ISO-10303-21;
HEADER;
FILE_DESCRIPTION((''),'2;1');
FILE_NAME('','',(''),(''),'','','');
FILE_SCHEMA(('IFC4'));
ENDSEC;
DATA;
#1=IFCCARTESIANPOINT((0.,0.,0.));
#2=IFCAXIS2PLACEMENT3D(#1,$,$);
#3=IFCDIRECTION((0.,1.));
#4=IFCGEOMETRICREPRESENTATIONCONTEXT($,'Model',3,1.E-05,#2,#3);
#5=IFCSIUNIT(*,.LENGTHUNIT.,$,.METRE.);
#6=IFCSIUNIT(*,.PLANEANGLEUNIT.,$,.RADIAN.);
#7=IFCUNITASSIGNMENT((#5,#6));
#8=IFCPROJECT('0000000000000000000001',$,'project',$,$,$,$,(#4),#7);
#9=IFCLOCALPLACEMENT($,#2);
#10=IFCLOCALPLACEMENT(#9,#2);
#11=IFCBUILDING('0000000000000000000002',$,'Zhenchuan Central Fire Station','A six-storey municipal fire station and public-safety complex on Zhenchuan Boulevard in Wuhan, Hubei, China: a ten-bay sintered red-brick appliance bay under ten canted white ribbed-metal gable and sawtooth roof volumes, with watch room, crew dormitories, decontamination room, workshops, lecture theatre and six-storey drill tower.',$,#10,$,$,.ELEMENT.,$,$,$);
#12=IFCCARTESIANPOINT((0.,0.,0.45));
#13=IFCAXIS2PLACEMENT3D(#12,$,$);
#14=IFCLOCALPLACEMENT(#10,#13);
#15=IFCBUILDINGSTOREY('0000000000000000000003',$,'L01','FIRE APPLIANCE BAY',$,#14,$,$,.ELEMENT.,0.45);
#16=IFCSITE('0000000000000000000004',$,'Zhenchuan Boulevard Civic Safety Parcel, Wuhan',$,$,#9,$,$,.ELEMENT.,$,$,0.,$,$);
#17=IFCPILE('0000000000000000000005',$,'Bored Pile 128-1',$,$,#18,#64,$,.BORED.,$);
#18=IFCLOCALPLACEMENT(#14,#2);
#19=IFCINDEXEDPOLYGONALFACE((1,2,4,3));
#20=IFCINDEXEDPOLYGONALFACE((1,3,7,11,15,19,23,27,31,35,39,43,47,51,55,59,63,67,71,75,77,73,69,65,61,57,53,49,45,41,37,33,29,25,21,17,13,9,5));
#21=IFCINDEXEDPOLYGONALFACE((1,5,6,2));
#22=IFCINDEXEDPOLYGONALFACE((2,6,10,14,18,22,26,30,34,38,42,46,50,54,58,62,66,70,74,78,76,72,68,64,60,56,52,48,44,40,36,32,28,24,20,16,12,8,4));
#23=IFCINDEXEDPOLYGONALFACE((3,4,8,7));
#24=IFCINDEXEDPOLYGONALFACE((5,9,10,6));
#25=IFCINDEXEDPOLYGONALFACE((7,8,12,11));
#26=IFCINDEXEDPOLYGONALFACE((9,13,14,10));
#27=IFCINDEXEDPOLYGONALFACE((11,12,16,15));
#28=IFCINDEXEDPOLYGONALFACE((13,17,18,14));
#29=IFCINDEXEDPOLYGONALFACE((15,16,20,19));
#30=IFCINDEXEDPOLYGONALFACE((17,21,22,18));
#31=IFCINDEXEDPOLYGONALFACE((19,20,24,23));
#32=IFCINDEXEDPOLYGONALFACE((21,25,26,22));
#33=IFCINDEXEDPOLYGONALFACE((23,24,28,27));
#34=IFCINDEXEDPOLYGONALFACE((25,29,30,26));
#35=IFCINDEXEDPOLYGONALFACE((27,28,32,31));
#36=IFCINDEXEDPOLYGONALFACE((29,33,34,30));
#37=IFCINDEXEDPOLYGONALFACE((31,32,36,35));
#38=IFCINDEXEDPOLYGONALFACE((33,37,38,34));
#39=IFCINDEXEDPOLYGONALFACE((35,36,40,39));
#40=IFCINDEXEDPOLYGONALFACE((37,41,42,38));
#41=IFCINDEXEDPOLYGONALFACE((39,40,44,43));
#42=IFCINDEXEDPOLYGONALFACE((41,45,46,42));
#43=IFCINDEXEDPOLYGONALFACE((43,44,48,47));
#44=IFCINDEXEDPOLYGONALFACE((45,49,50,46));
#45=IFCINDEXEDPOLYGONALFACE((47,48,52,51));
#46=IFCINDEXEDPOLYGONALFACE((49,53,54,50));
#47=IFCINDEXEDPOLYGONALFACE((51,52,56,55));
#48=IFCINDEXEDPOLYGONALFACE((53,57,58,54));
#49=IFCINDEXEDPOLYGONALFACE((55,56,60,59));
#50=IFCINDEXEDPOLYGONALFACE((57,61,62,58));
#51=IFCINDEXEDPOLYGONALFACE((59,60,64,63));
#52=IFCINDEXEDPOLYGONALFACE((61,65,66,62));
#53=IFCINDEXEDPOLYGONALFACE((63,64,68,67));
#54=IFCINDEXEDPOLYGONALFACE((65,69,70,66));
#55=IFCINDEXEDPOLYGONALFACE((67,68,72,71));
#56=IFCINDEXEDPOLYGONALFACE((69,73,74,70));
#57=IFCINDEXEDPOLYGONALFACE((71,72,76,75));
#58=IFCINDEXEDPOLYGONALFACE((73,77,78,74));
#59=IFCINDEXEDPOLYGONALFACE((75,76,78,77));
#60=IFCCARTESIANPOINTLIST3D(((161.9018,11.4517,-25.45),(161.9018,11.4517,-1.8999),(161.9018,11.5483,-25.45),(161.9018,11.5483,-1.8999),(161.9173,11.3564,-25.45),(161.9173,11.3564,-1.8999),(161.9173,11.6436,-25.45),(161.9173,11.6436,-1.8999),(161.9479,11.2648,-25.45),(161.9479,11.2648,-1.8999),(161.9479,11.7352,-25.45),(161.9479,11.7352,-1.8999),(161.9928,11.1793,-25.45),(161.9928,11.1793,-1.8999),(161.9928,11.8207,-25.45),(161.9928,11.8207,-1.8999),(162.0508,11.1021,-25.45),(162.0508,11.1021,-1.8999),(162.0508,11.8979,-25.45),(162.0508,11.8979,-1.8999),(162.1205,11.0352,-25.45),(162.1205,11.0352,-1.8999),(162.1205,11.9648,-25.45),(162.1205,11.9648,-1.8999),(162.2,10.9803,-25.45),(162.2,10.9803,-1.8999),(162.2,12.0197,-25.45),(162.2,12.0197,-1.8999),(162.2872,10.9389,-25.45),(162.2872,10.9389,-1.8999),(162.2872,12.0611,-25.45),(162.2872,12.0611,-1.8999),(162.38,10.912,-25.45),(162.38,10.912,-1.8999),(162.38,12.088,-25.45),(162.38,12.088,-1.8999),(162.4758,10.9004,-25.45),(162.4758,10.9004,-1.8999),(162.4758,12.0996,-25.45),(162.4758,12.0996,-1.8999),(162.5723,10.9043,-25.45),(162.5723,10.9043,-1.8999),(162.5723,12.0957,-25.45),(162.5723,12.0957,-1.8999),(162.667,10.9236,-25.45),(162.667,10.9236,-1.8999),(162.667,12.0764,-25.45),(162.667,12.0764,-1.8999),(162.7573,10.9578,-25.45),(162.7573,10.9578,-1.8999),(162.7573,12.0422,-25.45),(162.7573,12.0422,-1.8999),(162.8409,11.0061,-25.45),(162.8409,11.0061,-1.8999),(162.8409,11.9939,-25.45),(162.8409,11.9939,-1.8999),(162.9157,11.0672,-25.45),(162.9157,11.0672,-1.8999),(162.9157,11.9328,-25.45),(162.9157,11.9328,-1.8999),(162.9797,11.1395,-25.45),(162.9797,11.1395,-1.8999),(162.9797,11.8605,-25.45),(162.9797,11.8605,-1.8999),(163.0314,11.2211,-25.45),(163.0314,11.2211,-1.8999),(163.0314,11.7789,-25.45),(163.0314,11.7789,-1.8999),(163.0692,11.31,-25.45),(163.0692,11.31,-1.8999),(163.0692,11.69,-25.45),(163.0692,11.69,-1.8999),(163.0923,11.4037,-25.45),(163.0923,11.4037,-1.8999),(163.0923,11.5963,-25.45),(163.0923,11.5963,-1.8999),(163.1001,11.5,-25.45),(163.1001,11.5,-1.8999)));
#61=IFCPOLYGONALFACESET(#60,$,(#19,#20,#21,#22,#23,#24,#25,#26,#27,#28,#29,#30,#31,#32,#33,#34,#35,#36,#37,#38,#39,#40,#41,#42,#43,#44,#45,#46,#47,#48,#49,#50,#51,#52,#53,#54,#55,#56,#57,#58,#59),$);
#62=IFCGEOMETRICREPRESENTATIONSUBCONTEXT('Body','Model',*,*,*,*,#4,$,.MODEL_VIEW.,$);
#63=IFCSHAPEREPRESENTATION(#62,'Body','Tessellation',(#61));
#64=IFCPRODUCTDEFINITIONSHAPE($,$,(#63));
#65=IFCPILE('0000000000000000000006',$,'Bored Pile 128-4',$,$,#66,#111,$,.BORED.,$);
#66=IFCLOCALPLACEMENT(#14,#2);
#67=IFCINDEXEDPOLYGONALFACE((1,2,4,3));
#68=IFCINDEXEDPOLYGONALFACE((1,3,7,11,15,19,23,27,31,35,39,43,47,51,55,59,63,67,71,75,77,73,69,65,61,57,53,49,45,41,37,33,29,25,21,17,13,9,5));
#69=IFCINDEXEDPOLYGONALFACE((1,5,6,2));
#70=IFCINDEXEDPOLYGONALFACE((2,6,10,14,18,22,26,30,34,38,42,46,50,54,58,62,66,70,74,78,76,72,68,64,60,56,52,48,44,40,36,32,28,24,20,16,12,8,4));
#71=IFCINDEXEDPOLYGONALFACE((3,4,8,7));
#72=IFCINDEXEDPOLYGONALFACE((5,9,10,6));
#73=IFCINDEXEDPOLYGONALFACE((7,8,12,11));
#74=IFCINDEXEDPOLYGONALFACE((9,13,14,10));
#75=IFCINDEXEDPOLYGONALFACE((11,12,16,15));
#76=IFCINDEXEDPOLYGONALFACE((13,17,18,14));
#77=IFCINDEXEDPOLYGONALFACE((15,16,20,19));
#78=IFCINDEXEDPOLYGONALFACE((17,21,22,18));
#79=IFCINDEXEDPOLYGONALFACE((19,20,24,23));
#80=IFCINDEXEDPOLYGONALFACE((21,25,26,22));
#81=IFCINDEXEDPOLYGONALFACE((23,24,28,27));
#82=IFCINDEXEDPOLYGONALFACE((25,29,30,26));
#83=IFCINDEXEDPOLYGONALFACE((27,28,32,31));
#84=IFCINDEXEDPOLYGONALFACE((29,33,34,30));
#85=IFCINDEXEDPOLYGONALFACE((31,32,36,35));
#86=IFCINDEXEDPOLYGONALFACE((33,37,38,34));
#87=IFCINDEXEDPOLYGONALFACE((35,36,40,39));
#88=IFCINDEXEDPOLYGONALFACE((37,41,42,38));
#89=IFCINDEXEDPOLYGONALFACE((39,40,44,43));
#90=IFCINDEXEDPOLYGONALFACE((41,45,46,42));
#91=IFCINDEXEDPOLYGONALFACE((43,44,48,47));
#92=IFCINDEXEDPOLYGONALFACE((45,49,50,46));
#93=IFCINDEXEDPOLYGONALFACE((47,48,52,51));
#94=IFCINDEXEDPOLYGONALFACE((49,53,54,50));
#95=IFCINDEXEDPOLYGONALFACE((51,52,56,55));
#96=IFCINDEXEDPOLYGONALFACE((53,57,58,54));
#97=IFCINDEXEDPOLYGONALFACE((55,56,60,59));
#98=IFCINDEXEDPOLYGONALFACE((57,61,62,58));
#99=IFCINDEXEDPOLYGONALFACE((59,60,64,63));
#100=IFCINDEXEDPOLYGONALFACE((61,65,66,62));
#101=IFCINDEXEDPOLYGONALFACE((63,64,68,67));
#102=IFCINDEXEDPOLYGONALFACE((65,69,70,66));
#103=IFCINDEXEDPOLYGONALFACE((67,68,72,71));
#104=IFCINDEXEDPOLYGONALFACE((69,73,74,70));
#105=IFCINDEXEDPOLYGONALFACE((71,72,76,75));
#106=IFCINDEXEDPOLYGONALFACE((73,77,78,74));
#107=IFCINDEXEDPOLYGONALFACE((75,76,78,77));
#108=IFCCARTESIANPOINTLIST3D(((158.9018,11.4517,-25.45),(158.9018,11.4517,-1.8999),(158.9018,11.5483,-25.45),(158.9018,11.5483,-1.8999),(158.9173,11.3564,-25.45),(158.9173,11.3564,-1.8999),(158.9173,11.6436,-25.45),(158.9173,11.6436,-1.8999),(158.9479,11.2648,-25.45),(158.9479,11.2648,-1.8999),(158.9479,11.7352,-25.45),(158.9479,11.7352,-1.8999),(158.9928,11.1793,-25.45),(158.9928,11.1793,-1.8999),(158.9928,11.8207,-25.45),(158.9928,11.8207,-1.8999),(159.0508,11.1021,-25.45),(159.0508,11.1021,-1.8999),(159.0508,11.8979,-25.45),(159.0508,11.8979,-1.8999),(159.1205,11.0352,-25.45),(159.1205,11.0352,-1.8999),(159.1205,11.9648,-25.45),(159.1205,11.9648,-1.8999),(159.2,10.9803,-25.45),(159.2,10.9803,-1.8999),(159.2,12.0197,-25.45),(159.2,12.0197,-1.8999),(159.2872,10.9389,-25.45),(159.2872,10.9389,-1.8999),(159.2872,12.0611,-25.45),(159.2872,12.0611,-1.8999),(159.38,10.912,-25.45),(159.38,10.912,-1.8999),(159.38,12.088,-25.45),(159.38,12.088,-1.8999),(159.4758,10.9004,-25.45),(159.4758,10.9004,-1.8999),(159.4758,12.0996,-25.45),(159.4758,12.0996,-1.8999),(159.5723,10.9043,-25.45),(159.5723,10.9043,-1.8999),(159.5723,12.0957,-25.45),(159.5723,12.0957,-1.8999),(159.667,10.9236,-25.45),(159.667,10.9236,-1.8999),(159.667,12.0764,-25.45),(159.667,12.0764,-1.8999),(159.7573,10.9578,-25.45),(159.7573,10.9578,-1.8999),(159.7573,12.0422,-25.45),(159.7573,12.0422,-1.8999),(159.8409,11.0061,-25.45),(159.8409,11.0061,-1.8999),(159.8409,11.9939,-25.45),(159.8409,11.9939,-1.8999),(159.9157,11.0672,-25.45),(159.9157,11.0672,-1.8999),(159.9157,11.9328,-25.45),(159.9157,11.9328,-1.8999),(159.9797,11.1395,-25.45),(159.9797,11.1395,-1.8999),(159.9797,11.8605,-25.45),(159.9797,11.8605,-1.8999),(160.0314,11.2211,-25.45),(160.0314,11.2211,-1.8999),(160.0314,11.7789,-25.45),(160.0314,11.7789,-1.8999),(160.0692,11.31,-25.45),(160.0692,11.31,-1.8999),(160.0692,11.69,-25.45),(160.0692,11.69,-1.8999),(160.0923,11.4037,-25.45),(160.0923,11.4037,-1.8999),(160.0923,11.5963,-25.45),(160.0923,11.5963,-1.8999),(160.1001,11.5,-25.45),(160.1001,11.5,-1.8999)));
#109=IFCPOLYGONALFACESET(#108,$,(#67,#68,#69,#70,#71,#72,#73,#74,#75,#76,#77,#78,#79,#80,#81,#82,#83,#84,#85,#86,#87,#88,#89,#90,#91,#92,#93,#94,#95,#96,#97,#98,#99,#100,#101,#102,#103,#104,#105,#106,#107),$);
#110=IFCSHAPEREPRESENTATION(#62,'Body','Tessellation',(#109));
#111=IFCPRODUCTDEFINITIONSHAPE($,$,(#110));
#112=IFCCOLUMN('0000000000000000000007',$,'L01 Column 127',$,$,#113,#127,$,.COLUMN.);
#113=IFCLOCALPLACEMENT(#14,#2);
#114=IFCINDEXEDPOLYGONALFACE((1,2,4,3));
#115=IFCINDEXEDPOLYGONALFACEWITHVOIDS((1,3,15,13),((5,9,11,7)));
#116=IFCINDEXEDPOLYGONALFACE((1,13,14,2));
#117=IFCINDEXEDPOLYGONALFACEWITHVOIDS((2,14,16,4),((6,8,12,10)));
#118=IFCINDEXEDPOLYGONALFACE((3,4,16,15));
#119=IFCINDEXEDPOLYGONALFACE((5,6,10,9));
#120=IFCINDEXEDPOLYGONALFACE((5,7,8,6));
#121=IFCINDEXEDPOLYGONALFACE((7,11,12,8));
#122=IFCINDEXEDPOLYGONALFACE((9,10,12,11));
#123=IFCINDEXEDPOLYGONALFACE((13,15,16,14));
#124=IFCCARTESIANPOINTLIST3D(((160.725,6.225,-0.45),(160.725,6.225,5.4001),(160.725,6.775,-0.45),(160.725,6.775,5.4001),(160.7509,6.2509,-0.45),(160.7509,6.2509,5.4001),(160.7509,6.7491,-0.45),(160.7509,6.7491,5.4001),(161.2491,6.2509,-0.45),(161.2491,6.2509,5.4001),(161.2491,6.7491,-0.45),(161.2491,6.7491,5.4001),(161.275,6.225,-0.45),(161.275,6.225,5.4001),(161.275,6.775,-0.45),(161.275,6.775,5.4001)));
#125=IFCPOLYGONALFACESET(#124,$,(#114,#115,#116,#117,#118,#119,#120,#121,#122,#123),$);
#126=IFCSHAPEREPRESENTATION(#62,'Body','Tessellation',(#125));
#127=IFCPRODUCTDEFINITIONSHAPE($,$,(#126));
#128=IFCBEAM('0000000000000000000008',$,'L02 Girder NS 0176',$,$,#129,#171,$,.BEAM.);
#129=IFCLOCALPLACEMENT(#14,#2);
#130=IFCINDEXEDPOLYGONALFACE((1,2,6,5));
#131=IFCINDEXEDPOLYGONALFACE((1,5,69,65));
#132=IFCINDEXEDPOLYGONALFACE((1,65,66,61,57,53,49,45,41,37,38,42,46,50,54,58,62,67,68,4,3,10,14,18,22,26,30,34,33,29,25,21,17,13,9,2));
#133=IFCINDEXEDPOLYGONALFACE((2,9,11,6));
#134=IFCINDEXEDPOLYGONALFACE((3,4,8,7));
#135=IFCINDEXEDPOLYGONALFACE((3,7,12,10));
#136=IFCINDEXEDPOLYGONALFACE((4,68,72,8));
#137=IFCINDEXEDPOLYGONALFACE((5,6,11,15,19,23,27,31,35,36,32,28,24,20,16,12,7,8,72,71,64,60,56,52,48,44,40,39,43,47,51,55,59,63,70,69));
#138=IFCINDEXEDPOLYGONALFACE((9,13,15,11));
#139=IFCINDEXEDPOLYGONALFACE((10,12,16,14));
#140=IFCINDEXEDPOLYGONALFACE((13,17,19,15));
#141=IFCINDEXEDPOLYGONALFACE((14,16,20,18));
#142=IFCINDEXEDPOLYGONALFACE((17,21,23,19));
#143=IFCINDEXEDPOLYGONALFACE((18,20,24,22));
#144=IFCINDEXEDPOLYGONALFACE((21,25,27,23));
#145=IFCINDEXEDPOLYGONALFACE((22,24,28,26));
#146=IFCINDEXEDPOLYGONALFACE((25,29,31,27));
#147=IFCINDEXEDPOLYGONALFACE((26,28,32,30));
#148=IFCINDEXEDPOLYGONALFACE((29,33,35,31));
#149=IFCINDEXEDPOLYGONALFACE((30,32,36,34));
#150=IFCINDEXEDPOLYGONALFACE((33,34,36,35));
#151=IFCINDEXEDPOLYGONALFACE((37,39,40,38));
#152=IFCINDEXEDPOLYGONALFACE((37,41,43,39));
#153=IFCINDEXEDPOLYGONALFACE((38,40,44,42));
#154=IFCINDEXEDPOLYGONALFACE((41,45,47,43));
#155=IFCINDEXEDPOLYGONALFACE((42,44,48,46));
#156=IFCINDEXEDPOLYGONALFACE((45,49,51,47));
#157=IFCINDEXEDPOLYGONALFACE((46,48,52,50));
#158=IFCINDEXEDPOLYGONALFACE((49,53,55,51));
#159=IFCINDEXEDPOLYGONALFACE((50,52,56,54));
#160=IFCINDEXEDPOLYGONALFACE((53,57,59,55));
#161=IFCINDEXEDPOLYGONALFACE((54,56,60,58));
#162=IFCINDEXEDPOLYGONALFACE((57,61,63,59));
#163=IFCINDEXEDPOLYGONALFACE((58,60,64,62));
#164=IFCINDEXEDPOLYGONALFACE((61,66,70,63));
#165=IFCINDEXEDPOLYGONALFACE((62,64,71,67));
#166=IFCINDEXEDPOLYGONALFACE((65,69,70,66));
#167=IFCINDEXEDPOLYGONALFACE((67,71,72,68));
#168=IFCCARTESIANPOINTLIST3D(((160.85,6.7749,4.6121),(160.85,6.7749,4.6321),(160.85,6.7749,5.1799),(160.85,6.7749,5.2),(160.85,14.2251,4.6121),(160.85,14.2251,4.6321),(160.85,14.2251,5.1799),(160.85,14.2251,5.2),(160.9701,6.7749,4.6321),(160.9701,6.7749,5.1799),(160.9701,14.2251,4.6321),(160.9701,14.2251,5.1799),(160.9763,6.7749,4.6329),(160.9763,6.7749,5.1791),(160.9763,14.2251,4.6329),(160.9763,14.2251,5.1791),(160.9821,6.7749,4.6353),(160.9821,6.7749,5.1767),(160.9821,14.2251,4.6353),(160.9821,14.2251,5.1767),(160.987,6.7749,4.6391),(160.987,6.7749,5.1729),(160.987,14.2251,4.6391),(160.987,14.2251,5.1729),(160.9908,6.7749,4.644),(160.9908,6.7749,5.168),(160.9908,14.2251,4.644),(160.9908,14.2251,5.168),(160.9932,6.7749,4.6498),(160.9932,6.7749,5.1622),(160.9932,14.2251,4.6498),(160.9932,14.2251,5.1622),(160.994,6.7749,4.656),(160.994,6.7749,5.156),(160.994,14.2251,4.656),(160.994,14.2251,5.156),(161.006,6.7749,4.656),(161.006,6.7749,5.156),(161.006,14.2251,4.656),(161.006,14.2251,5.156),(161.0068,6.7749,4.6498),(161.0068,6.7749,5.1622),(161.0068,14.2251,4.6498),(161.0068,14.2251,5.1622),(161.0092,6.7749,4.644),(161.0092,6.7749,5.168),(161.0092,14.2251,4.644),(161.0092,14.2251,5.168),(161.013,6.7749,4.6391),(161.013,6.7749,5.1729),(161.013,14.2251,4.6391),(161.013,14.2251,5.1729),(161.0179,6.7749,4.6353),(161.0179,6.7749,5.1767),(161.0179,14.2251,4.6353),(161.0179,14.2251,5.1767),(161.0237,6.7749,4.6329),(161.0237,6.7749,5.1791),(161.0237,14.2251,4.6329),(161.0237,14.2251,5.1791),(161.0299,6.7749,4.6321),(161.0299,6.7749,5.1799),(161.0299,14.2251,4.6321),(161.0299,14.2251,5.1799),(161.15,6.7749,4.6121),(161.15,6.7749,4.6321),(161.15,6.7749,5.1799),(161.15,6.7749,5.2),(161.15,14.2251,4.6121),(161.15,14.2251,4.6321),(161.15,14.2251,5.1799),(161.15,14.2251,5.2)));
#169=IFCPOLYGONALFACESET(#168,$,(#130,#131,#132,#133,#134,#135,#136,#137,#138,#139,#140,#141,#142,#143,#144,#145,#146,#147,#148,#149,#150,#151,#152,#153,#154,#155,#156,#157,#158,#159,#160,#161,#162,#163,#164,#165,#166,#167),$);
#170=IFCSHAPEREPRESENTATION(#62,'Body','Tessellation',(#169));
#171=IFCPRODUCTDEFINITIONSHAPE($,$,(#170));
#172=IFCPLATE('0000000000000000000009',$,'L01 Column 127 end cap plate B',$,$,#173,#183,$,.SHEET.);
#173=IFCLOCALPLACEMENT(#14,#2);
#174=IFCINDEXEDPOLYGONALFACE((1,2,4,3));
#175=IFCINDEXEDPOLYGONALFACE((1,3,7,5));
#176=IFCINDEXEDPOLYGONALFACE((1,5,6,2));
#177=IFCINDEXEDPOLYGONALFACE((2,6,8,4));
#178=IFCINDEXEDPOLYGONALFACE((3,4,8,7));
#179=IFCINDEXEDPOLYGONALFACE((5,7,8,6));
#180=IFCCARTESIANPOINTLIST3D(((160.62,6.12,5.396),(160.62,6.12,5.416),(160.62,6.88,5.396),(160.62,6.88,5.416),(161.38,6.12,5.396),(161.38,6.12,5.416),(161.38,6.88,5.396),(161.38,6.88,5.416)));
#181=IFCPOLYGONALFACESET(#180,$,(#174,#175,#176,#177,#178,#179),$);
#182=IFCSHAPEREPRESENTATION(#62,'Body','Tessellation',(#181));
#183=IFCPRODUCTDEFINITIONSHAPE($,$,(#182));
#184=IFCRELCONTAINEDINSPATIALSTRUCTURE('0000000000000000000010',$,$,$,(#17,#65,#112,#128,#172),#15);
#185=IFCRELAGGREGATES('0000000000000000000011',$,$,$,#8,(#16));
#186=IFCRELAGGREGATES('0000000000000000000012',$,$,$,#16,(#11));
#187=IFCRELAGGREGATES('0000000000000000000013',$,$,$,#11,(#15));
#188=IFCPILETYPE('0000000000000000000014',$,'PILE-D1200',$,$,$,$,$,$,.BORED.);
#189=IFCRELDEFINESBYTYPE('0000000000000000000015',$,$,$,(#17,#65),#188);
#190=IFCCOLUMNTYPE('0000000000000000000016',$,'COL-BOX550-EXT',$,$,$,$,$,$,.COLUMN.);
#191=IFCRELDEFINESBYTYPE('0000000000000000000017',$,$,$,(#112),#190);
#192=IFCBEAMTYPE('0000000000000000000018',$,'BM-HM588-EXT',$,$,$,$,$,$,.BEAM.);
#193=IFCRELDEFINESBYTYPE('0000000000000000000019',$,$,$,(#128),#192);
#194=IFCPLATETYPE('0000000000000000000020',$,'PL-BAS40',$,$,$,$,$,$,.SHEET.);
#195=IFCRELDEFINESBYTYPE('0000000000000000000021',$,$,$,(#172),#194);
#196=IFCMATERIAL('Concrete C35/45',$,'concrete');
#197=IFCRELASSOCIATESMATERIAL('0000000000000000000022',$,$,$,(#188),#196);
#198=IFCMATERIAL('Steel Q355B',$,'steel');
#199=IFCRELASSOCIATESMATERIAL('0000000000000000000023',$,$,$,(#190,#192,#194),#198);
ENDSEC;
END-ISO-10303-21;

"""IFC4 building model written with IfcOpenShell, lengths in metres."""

from ifc_helpers import new_model, si_unit, direction, frame, origin, origin_2d, place, context, subcontext, project, spatial, rectangle, hollow_rectangle, circle, i_section, extrude, material, material_profile, profile_set, type_object, element, save


model = new_model("IFC4")

# Units and contexts
model_context = context("Model", 3, precision=1e-05, world=origin(), true_north=direction((0.0, 1.0)))
body_context = subcontext(model_context, "Body", "Model", "MODEL_VIEW")
ifc_project = project(units=[si_unit("LENGTHUNIT", "METRE"), si_unit("PLANEANGLEUNIT", "RADIAN")], contexts=[model_context])

# Site, building, storey
site_placement = place(None, origin())
site = spatial("IfcSite", under=ifc_project, at=site_placement, Name="Zhenchuan Boulevard Civic Safety Parcel, Wuhan", CompositionType="ELEMENT", RefElevation=0.0)
building_placement = place(site_placement, origin())
building = spatial("IfcBuilding", under=site, at=building_placement, Name="Zhenchuan Central Fire Station", Description="A six-storey municipal fire station and public-safety complex on Zhenchuan Boulevard in Wuhan, Hubei, China: a ten-bay sintered red-brick appliance bay under ten canted white ribbed-metal gable and sawtooth roof volumes, with watch room, crew dormitories, decontamination room, workshops, lecture theatre and six-storey drill tower.", CompositionType="ELEMENT")
storey_placement = place(building_placement, frame((0.0, 0.0, 0.45)))
storey = spatial("IfcBuildingStorey", under=building, at=storey_placement, Name="L01", Description="FIRE APPLIANCE BAY", CompositionType="ELEMENT", Elevation=0.45)

# Piles
ifc_material_1 = material(Name="Concrete C35/45", Category="concrete")
ifc_material_profile_1 = material_profile(ifc_material_1, circle(Radius=0.6001, at=origin_2d()), Name="PILE D1200")
ifc_profile_set_1 = profile_set([ifc_material_profile_1], Name="Concrete C35/45")
pile_type_1 = type_object("IfcPileType", Name="PILE-D1200", PredefinedType="BORED", material=ifc_profile_set_1)
for number, where, z_axis, x_axis, name in (
    (1, (162.5, 11.5, -1.8999), (0.0, 0.0, -1.0), (1.0, 0.0, 0.0), "Bored Pile 128-1"),
    (2, (159.5, 11.5, -1.8999), (0.0, 0.0, -1.0), (1.0, 0.0, 0.0), "Bored Pile 128-4"),
):
    element("IfcPile", number, at=place(storey_placement, frame(where, z_axis=z_axis, x_axis=x_axis)), inside=storey, type_object=pile_type_1, Name=name, PredefinedType="BORED", context=body_context, shape_type="SweptSolid", body=[
        extrude(circle(Radius=0.6001, at=origin_2d()), origin(), (0.0, 0.0, 1.0), 23.55),
    ])

# Column
ifc_material_2 = material(Name="Steel Q355B", Category="steel")
ifc_material_profile_2 = material_profile(ifc_material_2, hollow_rectangle(XDim=0.55, YDim=0.55, WallThickness=0.0259, at=origin_2d()), Name="BOX 550x550x26")
ifc_profile_set_2 = profile_set([ifc_material_profile_2], Name="Steel Q355B")
column_type = type_object("IfcColumnType", Name="COL-BOX550-EXT", PredefinedType="COLUMN", material=ifc_profile_set_2)
column_placement = place(storey_placement, frame((161.0, 6.5, -0.45), z_axis=(0.0, 0.0, 1.0), x_axis=(1.0, 0.0, 0.0)))
element("IfcColumn", 3, at=column_placement, inside=storey, type_object=column_type, Name="L01 Column 127", PredefinedType="COLUMN", context=body_context, shape_type="SweptSolid", body=[
    extrude(hollow_rectangle(XDim=0.55, YDim=0.55, WallThickness=0.0259, at=origin_2d()), origin(), (0.0, 0.0, 1.0), 5.8501),
])

# Beam
ifc_material_profile_3 = material_profile(ifc_material_2, i_section(OverallWidth=0.3, OverallDepth=0.5879, WebThickness=0.012, FlangeThickness=0.02, FilletRadius=0.0239, at=origin_2d()), Name="HM 588x300")
ifc_profile_set_3 = profile_set([ifc_material_profile_3], Name="Steel Q355B")
beam_type = type_object("IfcBeamType", Name="BM-HM588-EXT", PredefinedType="BEAM", material=ifc_profile_set_3)
beam_placement = place(storey_placement, frame((161.0, 6.7749, 4.906), z_axis=(0.0, 1.0, 0.0), x_axis=(-1.0, 0.0, 0.0)))
element("IfcBeam", 4, at=beam_placement, inside=storey, type_object=beam_type, Name="L02 Girder NS 0176", PredefinedType="BEAM", context=body_context, shape_type="SweptSolid", body=[
    extrude(i_section(OverallWidth=0.3, OverallDepth=0.5879, WebThickness=0.012, FlangeThickness=0.02, FilletRadius=0.0239, at=origin_2d()), origin(), (0.0, 0.0, 1.0), 7.4502),
])

# Plate
ifc_material_profile_4 = material_profile(ifc_material_2, rectangle(XDim=0.76, YDim=0.76, at=origin_2d()), Name="PL 760x760x40")
ifc_profile_set_4 = profile_set([ifc_material_profile_4], Name="Steel Q355B")
plate_type = type_object("IfcPlateType", Name="PL-BAS40", PredefinedType="SHEET", material=ifc_profile_set_4)
plate_placement = place(storey_placement, frame((161.0, 6.5, 5.396), z_axis=(0.0, 0.0, 1.0), x_axis=(1.0, 0.0, 0.0)))
element("IfcPlate", 5, at=plate_placement, inside=storey, type_object=plate_type, Name="L01 Column 127 end cap plate B", PredefinedType="SHEET", context=body_context, shape_type="SweptSolid", body=[
    extrude(rectangle(XDim=0.76, YDim=0.76, at=origin_2d()), origin(), (0.0, 0.0, 1.0), 0.02),
])

save(model, "model.ifc")
